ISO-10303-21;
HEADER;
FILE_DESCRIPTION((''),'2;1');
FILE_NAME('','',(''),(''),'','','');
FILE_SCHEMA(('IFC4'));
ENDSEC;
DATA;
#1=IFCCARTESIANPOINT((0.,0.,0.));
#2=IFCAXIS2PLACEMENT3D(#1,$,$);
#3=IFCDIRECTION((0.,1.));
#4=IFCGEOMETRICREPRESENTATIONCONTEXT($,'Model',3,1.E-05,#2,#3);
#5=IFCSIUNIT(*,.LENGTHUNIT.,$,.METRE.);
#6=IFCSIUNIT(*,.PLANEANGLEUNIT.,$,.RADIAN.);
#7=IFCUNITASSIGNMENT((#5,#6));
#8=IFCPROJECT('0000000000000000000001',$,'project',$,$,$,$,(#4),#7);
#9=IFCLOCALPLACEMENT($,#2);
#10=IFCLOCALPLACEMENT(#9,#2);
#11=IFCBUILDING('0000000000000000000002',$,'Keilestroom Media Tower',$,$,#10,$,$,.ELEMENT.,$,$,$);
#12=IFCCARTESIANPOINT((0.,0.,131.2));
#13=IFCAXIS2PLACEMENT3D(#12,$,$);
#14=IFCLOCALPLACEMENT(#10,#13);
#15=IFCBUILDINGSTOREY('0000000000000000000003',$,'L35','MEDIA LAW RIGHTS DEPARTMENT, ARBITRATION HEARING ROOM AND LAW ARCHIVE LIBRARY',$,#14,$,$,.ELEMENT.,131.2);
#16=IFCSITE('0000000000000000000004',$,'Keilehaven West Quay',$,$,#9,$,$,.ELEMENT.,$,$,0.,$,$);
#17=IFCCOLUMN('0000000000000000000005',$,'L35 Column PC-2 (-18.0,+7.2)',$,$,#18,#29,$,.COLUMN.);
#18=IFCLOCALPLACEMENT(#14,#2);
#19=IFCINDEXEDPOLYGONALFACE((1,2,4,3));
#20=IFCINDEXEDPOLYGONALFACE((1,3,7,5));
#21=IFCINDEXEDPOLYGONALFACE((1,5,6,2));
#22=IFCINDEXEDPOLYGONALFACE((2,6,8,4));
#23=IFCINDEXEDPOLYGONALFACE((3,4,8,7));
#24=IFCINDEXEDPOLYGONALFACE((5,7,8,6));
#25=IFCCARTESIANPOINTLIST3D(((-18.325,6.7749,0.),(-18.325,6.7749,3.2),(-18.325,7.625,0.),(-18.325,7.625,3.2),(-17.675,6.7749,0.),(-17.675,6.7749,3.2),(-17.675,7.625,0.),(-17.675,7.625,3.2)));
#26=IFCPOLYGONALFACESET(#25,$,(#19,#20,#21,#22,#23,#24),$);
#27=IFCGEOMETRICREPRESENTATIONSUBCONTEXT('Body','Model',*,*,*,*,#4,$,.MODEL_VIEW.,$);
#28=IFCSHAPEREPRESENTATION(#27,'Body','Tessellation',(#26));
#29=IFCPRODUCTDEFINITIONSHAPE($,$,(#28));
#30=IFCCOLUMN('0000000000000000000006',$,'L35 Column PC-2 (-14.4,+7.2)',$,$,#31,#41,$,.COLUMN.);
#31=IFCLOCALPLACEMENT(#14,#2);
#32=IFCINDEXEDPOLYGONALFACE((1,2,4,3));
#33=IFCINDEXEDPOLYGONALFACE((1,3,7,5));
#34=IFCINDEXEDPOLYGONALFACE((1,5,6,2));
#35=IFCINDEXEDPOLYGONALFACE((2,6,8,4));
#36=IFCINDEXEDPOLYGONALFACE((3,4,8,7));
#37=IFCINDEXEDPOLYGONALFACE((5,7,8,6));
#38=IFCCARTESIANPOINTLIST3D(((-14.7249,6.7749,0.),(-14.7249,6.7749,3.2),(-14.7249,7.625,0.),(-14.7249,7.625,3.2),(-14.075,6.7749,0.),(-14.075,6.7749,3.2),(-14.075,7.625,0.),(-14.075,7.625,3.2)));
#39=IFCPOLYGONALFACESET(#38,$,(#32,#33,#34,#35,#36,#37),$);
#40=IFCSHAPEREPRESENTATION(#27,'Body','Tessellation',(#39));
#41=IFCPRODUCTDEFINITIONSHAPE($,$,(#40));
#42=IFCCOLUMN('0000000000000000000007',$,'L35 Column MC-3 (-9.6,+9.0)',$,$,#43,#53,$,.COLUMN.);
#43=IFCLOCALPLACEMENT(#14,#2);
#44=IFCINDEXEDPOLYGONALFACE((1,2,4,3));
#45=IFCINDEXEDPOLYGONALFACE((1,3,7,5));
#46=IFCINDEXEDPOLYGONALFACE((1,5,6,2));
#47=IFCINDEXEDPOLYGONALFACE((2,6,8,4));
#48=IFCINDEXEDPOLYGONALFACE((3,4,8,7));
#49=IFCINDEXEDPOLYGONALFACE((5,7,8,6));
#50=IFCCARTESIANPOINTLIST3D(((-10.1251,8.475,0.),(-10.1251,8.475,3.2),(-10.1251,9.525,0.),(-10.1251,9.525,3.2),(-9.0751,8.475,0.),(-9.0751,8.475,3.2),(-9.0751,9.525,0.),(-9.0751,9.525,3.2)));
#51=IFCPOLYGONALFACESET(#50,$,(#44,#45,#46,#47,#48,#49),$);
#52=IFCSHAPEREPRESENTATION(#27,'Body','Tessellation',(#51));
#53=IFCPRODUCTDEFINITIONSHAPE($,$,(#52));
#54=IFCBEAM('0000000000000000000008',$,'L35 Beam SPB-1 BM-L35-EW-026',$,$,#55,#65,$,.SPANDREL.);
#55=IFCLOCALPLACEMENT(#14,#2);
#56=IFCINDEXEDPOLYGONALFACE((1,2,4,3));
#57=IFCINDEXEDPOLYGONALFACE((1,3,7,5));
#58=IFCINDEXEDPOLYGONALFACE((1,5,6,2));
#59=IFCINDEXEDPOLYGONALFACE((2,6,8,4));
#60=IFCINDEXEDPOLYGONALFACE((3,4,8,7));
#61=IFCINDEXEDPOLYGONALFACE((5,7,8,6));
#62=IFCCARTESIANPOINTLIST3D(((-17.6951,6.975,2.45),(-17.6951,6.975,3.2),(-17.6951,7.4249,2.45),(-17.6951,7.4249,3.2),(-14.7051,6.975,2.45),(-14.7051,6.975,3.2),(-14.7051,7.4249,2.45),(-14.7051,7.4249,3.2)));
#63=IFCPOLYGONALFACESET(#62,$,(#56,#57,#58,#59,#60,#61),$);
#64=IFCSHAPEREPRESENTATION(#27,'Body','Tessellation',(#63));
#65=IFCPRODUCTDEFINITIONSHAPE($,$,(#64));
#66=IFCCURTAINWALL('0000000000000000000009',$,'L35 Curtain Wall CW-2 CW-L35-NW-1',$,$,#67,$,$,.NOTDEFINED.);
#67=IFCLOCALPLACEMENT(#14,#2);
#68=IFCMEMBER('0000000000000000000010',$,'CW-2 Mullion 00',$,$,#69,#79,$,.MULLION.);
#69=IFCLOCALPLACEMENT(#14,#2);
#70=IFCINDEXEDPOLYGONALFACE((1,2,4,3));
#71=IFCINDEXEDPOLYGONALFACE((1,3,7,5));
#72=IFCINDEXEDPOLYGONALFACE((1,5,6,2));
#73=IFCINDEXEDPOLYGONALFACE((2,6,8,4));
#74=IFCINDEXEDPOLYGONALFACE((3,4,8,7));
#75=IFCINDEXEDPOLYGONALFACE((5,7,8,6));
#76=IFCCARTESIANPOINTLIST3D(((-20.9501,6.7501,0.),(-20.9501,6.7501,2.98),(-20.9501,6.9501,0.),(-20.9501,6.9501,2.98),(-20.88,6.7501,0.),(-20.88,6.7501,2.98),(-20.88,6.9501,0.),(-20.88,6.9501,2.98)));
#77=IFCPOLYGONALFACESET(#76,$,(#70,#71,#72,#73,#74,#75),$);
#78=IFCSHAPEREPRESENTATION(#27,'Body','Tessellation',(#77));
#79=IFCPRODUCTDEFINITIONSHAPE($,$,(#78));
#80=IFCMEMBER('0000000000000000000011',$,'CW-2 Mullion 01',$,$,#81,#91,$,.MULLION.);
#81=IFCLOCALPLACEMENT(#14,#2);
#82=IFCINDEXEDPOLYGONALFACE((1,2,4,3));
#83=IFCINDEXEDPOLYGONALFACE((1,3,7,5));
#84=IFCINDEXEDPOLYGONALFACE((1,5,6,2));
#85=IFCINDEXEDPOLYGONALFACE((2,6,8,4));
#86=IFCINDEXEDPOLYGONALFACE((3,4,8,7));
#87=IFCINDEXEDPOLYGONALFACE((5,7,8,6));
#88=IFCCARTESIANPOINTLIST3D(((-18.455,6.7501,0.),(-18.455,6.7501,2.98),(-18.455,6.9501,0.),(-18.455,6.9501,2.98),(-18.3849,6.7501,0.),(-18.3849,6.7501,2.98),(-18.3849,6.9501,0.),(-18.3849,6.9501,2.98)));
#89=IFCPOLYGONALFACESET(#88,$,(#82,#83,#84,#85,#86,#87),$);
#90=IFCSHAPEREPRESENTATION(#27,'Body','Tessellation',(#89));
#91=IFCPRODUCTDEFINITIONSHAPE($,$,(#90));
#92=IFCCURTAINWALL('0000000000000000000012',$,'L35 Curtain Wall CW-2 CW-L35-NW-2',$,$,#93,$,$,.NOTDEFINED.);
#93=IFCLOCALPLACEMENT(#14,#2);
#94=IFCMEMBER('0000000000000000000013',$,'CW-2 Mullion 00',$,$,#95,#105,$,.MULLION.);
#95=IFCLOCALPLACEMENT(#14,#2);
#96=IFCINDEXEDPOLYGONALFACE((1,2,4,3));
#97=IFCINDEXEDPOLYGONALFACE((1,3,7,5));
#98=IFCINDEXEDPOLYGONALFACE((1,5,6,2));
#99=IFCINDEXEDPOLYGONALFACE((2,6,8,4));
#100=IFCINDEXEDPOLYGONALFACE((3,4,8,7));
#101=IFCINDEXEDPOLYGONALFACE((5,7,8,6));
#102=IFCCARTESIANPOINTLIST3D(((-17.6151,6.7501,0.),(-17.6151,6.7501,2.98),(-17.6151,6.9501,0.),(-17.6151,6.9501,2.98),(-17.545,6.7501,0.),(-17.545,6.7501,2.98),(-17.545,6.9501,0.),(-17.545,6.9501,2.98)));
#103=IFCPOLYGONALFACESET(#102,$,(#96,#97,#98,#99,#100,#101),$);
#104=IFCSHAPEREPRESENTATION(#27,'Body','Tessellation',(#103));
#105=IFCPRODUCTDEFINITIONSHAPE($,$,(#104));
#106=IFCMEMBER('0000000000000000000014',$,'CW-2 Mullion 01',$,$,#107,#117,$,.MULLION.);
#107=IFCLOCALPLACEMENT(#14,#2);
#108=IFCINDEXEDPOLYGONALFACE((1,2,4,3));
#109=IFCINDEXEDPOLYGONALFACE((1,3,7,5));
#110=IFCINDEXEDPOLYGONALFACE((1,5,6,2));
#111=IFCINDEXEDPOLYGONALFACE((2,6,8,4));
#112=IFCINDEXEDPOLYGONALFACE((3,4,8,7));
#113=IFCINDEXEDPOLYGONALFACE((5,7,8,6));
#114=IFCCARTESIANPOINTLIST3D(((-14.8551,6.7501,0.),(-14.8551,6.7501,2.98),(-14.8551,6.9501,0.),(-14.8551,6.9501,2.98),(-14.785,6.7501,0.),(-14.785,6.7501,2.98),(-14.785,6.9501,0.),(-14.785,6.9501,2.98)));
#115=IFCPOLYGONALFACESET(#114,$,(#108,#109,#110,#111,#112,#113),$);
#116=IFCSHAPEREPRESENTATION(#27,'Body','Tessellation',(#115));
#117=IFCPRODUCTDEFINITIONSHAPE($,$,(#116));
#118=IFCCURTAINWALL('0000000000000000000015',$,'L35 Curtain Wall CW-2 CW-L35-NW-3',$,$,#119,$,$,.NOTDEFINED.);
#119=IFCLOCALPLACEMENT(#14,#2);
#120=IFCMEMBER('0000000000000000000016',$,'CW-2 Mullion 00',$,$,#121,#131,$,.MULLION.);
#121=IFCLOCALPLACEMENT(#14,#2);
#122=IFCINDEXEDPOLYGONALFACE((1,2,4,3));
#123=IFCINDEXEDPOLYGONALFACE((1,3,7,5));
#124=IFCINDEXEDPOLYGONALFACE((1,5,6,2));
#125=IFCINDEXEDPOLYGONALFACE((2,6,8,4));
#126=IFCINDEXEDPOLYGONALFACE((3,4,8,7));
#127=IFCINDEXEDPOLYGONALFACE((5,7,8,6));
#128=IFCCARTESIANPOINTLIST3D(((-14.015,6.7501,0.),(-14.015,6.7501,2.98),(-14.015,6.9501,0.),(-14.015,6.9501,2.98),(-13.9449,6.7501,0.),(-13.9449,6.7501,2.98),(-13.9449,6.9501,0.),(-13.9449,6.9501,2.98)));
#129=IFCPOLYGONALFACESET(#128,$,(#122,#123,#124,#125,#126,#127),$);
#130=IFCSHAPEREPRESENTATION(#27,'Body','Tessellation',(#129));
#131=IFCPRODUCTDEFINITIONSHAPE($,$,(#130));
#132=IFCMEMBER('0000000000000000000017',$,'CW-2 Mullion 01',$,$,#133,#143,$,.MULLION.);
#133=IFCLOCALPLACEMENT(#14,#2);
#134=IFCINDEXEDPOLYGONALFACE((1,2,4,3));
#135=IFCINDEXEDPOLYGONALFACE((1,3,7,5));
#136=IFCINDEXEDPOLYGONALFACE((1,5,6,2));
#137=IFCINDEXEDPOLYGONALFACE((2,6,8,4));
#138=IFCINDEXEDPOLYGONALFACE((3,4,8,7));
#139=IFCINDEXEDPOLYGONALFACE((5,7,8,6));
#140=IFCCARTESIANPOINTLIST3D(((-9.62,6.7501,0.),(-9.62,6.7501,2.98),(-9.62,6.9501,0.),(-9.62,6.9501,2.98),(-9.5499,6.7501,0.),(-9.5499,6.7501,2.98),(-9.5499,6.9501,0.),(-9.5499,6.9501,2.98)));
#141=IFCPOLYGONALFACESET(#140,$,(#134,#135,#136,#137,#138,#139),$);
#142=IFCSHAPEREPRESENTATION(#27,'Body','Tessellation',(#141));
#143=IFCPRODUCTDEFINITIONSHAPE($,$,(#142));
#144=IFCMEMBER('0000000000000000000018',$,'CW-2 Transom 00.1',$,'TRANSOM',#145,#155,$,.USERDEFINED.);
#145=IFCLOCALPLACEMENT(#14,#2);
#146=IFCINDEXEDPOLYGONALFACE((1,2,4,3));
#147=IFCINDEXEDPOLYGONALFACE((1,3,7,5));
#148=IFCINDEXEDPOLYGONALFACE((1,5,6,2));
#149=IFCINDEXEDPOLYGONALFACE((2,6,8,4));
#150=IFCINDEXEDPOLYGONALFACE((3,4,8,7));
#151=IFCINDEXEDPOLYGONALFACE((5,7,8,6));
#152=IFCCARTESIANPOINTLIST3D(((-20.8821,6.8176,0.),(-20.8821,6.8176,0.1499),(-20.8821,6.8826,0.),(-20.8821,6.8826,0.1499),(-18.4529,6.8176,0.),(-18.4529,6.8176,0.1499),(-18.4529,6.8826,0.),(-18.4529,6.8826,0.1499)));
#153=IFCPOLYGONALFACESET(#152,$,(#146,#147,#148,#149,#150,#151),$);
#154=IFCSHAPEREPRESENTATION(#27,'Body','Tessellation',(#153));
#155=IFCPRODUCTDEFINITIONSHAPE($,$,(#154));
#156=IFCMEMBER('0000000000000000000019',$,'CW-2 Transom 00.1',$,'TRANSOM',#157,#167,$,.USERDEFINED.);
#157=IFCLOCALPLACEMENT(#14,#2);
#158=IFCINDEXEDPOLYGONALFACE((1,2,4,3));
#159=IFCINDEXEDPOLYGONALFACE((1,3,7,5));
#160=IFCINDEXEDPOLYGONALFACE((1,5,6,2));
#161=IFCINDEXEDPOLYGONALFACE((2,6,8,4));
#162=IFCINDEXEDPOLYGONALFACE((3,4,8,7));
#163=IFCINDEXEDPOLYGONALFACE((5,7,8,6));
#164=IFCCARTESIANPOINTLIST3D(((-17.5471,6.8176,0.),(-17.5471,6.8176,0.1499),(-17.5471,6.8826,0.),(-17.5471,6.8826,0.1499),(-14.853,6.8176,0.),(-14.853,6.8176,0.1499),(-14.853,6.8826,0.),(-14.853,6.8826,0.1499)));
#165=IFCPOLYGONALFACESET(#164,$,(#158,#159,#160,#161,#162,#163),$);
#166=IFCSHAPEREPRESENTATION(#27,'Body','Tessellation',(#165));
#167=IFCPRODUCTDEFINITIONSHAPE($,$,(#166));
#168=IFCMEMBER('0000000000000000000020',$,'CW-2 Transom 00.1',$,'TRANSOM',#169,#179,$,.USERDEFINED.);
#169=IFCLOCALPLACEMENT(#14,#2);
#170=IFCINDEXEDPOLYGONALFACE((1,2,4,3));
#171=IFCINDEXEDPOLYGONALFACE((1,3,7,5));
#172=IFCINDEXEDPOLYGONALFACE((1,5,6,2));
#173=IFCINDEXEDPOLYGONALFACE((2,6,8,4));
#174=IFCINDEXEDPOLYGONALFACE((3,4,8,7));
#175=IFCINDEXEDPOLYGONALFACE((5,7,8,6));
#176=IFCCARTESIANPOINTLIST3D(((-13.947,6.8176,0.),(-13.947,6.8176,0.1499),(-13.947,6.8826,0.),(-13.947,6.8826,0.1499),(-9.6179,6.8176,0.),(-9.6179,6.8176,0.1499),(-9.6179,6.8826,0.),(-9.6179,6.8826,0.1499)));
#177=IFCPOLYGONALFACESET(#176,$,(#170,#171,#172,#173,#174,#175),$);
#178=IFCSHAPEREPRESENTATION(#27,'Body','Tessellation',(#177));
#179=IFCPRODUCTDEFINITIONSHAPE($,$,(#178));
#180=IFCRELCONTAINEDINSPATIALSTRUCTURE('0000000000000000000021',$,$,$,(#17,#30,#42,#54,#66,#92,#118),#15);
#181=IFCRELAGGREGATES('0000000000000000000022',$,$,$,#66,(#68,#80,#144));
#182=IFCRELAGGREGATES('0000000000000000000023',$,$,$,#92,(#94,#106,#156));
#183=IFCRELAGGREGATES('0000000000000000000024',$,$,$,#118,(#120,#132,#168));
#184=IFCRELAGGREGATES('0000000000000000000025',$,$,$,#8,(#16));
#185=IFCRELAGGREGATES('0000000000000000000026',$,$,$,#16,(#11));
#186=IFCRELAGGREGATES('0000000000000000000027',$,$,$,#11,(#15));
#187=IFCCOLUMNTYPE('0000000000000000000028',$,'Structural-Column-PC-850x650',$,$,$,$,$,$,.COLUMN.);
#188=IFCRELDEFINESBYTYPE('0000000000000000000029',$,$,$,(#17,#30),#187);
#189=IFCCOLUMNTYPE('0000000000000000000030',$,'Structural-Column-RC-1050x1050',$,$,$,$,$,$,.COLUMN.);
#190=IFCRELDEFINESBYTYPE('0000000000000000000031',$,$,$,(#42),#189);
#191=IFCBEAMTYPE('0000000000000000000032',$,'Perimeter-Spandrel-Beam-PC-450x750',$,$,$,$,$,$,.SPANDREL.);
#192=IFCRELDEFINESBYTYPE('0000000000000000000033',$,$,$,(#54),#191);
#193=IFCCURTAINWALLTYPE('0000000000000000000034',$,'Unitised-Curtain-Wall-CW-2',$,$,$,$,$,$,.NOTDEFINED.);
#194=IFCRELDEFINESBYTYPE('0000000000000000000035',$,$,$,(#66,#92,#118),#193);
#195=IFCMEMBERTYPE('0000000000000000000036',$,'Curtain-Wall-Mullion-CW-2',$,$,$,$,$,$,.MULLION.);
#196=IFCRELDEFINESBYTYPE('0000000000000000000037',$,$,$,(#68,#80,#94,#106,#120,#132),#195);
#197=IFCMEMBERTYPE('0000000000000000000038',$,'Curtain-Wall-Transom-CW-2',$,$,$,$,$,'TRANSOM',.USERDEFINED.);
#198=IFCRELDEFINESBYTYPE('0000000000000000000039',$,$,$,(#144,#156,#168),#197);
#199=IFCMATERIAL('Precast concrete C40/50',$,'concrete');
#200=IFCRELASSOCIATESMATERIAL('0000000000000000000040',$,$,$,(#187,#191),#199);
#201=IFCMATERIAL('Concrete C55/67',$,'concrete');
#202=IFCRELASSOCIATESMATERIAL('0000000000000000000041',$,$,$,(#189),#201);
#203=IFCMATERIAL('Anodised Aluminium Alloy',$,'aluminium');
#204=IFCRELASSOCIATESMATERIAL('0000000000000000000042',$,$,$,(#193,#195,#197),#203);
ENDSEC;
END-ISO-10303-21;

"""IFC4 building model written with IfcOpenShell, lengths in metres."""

from ifc_helpers import new_model, si_unit, direction, frame, origin, origin_2d, place, context, subcontext, project, spatial, rectangle, extrude, source, transform, mapped, material, material_profile, profile_set, type_object, element, aggregate, save


model = new_model("IFC4")

# Units and contexts
model_context = context("Model", 3, precision=1e-05, world=origin(), true_north=direction((0.0, 1.0)))
body_context = subcontext(model_context, "Body", "Model", "MODEL_VIEW")
ifc_project = project(units=[si_unit("LENGTHUNIT", "METRE"), si_unit("PLANEANGLEUNIT", "RADIAN")], contexts=[model_context])

# Site, building, storey
site_placement = place(None, origin())
site = spatial("IfcSite", under=ifc_project, at=site_placement, Name="Keilehaven West Quay", CompositionType="ELEMENT", RefElevation=0.0)
building_placement = place(site_placement, origin())
building = spatial("IfcBuilding", under=site, at=building_placement, Name="Keilestroom Media Tower", CompositionType="ELEMENT")
storey_placement = place(building_placement, frame((0.0, 0.0, 131.2)))
storey = spatial("IfcBuildingStorey", under=building, at=storey_placement, Name="L35", Description="MEDIA LAW RIGHTS DEPARTMENT, ARBITRATION HEARING ROOM AND LAW ARCHIVE LIBRARY", CompositionType="ELEMENT", Elevation=131.2)

# Columns
ifc_material_1 = material(Name="Precast concrete C40/50", Category="concrete")
ifc_material_profile_1 = material_profile(ifc_material_1, rectangle(XDim=0.6499, YDim=0.8501, at=origin_2d()), Name="PC 850x650")
ifc_profile_set_1 = profile_set([ifc_material_profile_1], Name="Precast concrete C40/50")
column_type_1 = type_object("IfcColumnType", Name="Structural-Column-PC-850x650", PredefinedType="COLUMN", material=ifc_profile_set_1)
shared_shape_1 = source(origin(), body_context, "Body", "SweptSolid", [
    extrude(rectangle(XDim=0.6499, YDim=0.8501, at=origin_2d()), origin(), (0.0, 0.0, 1.0), 3.2),
])
for number, where, z_axis, x_axis, name in (
    (1, (-18.0, 7.2, 0.0), (0.0, 0.0, 1.0), (1.0, 0.0, 0.0), "L35 Column PC-2 (-18.0,+7.2)"),
    (2, (-14.3999, 7.2, 0.0), (0.0, 0.0, 1.0), (1.0, 0.0, 0.0), "L35 Column PC-2 (-14.4,+7.2)"),
):
    element("IfcColumn", number, at=place(storey_placement, frame(where, z_axis=z_axis, x_axis=x_axis)), inside=storey, type_object=column_type_1, Name=name, PredefinedType="COLUMN", context=body_context, shape_type="MappedRepresentation", body=[
        mapped(shared_shape_1, transform((0.0, 0.0, 0.0), x_axis=(1.0, 0.0, 0.0), y_axis=(0.0, 1.0, 0.0), z_axis=(0.0, 0.0, 1.0), scale=1.0)),
    ])
ifc_material_2 = material(Name="Concrete C55/67", Category="concrete")
ifc_material_profile_2 = material_profile(ifc_material_2, rectangle(XDim=1.05, YDim=1.05, at=origin_2d()), Name="RC 1050x1050")
ifc_profile_set_2 = profile_set([ifc_material_profile_2], Name="Concrete C55/67")
column_type_2 = type_object("IfcColumnType", Name="Structural-Column-RC-1050x1050", PredefinedType="COLUMN", material=ifc_profile_set_2)
shared_shape_2 = source(origin(), body_context, "Body", "SweptSolid", [
    extrude(rectangle(XDim=1.05, YDim=1.05, at=origin_2d()), origin(), (0.0, 0.0, 1.0), 3.2),
])
column_placement = place(storey_placement, frame((-9.6001, 9.0, 0.0), z_axis=(0.0, 0.0, 1.0), x_axis=(1.0, 0.0, 0.0)))
element("IfcColumn", 3, at=column_placement, inside=storey, type_object=column_type_2, Name="L35 Column MC-3 (-9.6,+9.0)", PredefinedType="COLUMN", context=body_context, shape_type="MappedRepresentation", body=[
    mapped(shared_shape_2, transform((0.0, 0.0, 0.0), x_axis=(1.0, 0.0, 0.0), y_axis=(0.0, 1.0, 0.0), z_axis=(0.0, 0.0, 1.0), scale=1.0)),
])

# Beam
ifc_material_profile_3 = material_profile(ifc_material_1, rectangle(XDim=0.45, YDim=0.75, at=origin_2d()), Name="PC 450x750")
ifc_profile_set_3 = profile_set([ifc_material_profile_3], Name="Precast concrete C40/50")
beam_type = type_object("IfcBeamType", Name="Perimeter-Spandrel-Beam-PC-450x750", PredefinedType="SPANDREL", material=ifc_profile_set_3)
shared_shape_3 = source(origin(), body_context, "Body", "SweptSolid", [
    extrude(rectangle(XDim=0.45, YDim=0.75, at=origin_2d()), origin(), (0.0, 0.0, 1.0), 2.99),
])
beam_placement = place(storey_placement, frame((-17.6951, 7.2, 2.825), z_axis=(1.0, 0.0, 0.0), x_axis=(0.0, 1.0, 0.0)))
element("IfcBeam", 4, at=beam_placement, inside=storey, type_object=beam_type, Name="L35 Beam SPB-1 BM-L35-EW-026", PredefinedType="SPANDREL", context=body_context, shape_type="MappedRepresentation", body=[
    mapped(shared_shape_3, transform((0.0, 0.0, 0.0), x_axis=(1.0, 0.0, 0.0), y_axis=(0.0, 1.0, 0.0), z_axis=(0.0, 0.0, 1.0), scale=1.0)),
])

# Curtain walls, members
ifc_material_3 = material(Name="Anodised Aluminium Alloy", Category="aluminium")
curtain_wall_type = type_object("IfcCurtainWallType", Name="Unitised-Curtain-Wall-CW-2", PredefinedType="NOTDEFINED", material=ifc_material_3)
curtain_wall_1_placement = place(storey_placement, origin())
curtain_wall_1 = element("IfcCurtainWall", 5, at=curtain_wall_1_placement, inside=storey, type_object=curtain_wall_type, Name="L35 Curtain Wall CW-2 CW-L35-NW-1", PredefinedType="NOTDEFINED")
ifc_material_profile_4 = material_profile(ifc_material_3, rectangle(XDim=0.0701, YDim=0.2, at=origin_2d()), Name="ALU MULLION 70x200")
ifc_profile_set_4 = profile_set([ifc_material_profile_4], Name="Anodised Aluminium Alloy")
member_type_1 = type_object("IfcMemberType", Name="Curtain-Wall-Mullion-CW-2", PredefinedType="MULLION", material=ifc_profile_set_4)
shared_shape_4 = source(origin(), body_context, "Body", "SweptSolid", [
    extrude(rectangle(XDim=0.0701, YDim=0.2, at=origin_2d()), origin(), (0.0, 0.0, 1.0), 2.98),
])
member_1_placement = place(storey_placement, frame((-20.915, 6.8501, 0.0), z_axis=(0.0, 0.0, 1.0), x_axis=(1.0, 0.0, 0.0)))
member_1 = element("IfcMember", 6, at=member_1_placement, type_object=member_type_1, Name="CW-2 Mullion 00", PredefinedType="MULLION", context=body_context, shape_type="MappedRepresentation", body=[
    mapped(shared_shape_4, transform((0.0, 0.0, 0.0), x_axis=(1.0, 0.0, 0.0), y_axis=(0.0, 1.0, 0.0), z_axis=(0.0, 0.0, 1.0), scale=1.0)),
])
member_2_placement = place(storey_placement, frame((-18.4199, 6.8501, 0.0), z_axis=(0.0, 0.0, 1.0), x_axis=(1.0, 0.0, 0.0)))
member_2 = element("IfcMember", 7, at=member_2_placement, type_object=member_type_1, Name="CW-2 Mullion 01", PredefinedType="MULLION", context=body_context, shape_type="MappedRepresentation", body=[
    mapped(shared_shape_4, transform((0.0, 0.0, 0.0), x_axis=(1.0, 0.0, 0.0), y_axis=(0.0, 1.0, 0.0), z_axis=(0.0, 0.0, 1.0), scale=1.0)),
])
curtain_wall_2_placement = place(storey_placement, origin())
curtain_wall_2 = element("IfcCurtainWall", 8, at=curtain_wall_2_placement, inside=storey, type_object=curtain_wall_type, Name="L35 Curtain Wall CW-2 CW-L35-NW-2", PredefinedType="NOTDEFINED")
member_3_placement = place(storey_placement, frame((-17.5801, 6.8501, 0.0), z_axis=(0.0, 0.0, 1.0), x_axis=(1.0, 0.0, 0.0)))
member_3 = element("IfcMember", 9, at=member_3_placement, type_object=member_type_1, Name="CW-2 Mullion 00", PredefinedType="MULLION", context=body_context, shape_type="MappedRepresentation", body=[
    mapped(shared_shape_4, transform((0.0, 0.0, 0.0), x_axis=(1.0, 0.0, 0.0), y_axis=(0.0, 1.0, 0.0), z_axis=(0.0, 0.0, 1.0), scale=1.0)),
])
member_4_placement = place(storey_placement, frame((-14.8201, 6.8501, 0.0), z_axis=(0.0, 0.0, 1.0), x_axis=(1.0, 0.0, 0.0)))
member_4 = element("IfcMember", 10, at=member_4_placement, type_object=member_type_1, Name="CW-2 Mullion 01", PredefinedType="MULLION", context=body_context, shape_type="MappedRepresentation", body=[
    mapped(shared_shape_4, transform((0.0, 0.0, 0.0), x_axis=(1.0, 0.0, 0.0), y_axis=(0.0, 1.0, 0.0), z_axis=(0.0, 0.0, 1.0), scale=1.0)),
])
curtain_wall_3_placement = place(storey_placement, origin())
curtain_wall_3 = element("IfcCurtainWall", 11, at=curtain_wall_3_placement, inside=storey, type_object=curtain_wall_type, Name="L35 Curtain Wall CW-2 CW-L35-NW-3", PredefinedType="NOTDEFINED")
member_5_placement = place(storey_placement, frame((-13.98, 6.8501, 0.0), z_axis=(0.0, 0.0, 1.0), x_axis=(1.0, 0.0, 0.0)))
member_5 = element("IfcMember", 12, at=member_5_placement, type_object=member_type_1, Name="CW-2 Mullion 00", PredefinedType="MULLION", context=body_context, shape_type="MappedRepresentation", body=[
    mapped(shared_shape_4, transform((0.0, 0.0, 0.0), x_axis=(1.0, 0.0, 0.0), y_axis=(0.0, 1.0, 0.0), z_axis=(0.0, 0.0, 1.0), scale=1.0)),
])
member_6_placement = place(storey_placement, frame((-9.585, 6.8501, 0.0), z_axis=(0.0, 0.0, 1.0), x_axis=(1.0, 0.0, 0.0)))
member_6 = element("IfcMember", 13, at=member_6_placement, type_object=member_type_1, Name="CW-2 Mullion 01", PredefinedType="MULLION", context=body_context, shape_type="MappedRepresentation", body=[
    mapped(shared_shape_4, transform((0.0, 0.0, 0.0), x_axis=(1.0, 0.0, 0.0), y_axis=(0.0, 1.0, 0.0), z_axis=(0.0, 0.0, 1.0), scale=1.0)),
])

# Members
ifc_material_profile_5 = material_profile(ifc_material_3, rectangle(XDim=0.0649, YDim=0.1499, at=origin_2d()), Name="ALU TRANSOM 65x150")
ifc_profile_set_5 = profile_set([ifc_material_profile_5], Name="Anodised Aluminium Alloy")
member_type_2 = type_object("IfcMemberType", Name="Curtain-Wall-Transom-CW-2", ElementType="TRANSOM", PredefinedType="USERDEFINED", material=ifc_profile_set_5)
shared_shape_5 = source(origin(), body_context, "Body", "SweptSolid", [
    extrude(rectangle(XDim=0.0649, YDim=0.1499, at=origin_2d()), origin(), (0.0, 0.0, 1.0), 2.4292),
])
member_7_placement = place(storey_placement, frame((-20.8821, 6.8501, 0.075), z_axis=(1.0, 0.0, 0.0), x_axis=(0.0, 1.0, 0.0)))
member_7 = element("IfcMember", 14, at=member_7_placement, type_object=member_type_2, Name="CW-2 Transom 00.1", ObjectType="TRANSOM", PredefinedType="USERDEFINED", context=body_context, shape_type="MappedRepresentation", body=[
    mapped(shared_shape_5, transform((0.0, 0.0, 0.0), x_axis=(1.0, 0.0, 0.0), y_axis=(0.0, 1.0, 0.0), z_axis=(0.0, 0.0, 1.0), scale=1.0)),
])
shared_shape_6 = source(origin(), body_context, "Body", "SweptSolid", [
    extrude(rectangle(XDim=0.0649, YDim=0.1499, at=origin_2d()), origin(), (0.0, 0.0, 1.0), 2.6941),
])
member_8_placement = place(storey_placement, frame((-17.5471, 6.8501, 0.075), z_axis=(1.0, 0.0, 0.0), x_axis=(0.0, 1.0, 0.0)))
member_8 = element("IfcMember", 15, at=member_8_placement, type_object=member_type_2, Name="CW-2 Transom 00.1", ObjectType="TRANSOM", PredefinedType="USERDEFINED", context=body_context, shape_type="MappedRepresentation", body=[
    mapped(shared_shape_6, transform((0.0, 0.0, 0.0), x_axis=(1.0, 0.0, 0.0), y_axis=(0.0, 1.0, 0.0), z_axis=(0.0, 0.0, 1.0), scale=1.0)),
])
shared_shape_7 = source(origin(), body_context, "Body", "SweptSolid", [
    extrude(rectangle(XDim=0.0649, YDim=0.1499, at=origin_2d()), origin(), (0.0, 0.0, 1.0), 4.3291),
])
member_9_placement = place(storey_placement, frame((-13.947, 6.8501, 0.075), z_axis=(1.0, 0.0, 0.0), x_axis=(0.0, 1.0, 0.0)))
member_9 = element("IfcMember", 16, at=member_9_placement, type_object=member_type_2, Name="CW-2 Transom 00.1", ObjectType="TRANSOM", PredefinedType="USERDEFINED", context=body_context, shape_type="MappedRepresentation", body=[
    mapped(shared_shape_7, transform((0.0, 0.0, 0.0), x_axis=(1.0, 0.0, 0.0), y_axis=(0.0, 1.0, 0.0), z_axis=(0.0, 0.0, 1.0), scale=1.0)),
])

aggregate(curtain_wall_1, [member_1, member_2, member_7])
aggregate(curtain_wall_2, [member_3, member_4, member_8])
aggregate(curtain_wall_3, [member_5, member_6, member_9])

save(model, "model.ifc")
